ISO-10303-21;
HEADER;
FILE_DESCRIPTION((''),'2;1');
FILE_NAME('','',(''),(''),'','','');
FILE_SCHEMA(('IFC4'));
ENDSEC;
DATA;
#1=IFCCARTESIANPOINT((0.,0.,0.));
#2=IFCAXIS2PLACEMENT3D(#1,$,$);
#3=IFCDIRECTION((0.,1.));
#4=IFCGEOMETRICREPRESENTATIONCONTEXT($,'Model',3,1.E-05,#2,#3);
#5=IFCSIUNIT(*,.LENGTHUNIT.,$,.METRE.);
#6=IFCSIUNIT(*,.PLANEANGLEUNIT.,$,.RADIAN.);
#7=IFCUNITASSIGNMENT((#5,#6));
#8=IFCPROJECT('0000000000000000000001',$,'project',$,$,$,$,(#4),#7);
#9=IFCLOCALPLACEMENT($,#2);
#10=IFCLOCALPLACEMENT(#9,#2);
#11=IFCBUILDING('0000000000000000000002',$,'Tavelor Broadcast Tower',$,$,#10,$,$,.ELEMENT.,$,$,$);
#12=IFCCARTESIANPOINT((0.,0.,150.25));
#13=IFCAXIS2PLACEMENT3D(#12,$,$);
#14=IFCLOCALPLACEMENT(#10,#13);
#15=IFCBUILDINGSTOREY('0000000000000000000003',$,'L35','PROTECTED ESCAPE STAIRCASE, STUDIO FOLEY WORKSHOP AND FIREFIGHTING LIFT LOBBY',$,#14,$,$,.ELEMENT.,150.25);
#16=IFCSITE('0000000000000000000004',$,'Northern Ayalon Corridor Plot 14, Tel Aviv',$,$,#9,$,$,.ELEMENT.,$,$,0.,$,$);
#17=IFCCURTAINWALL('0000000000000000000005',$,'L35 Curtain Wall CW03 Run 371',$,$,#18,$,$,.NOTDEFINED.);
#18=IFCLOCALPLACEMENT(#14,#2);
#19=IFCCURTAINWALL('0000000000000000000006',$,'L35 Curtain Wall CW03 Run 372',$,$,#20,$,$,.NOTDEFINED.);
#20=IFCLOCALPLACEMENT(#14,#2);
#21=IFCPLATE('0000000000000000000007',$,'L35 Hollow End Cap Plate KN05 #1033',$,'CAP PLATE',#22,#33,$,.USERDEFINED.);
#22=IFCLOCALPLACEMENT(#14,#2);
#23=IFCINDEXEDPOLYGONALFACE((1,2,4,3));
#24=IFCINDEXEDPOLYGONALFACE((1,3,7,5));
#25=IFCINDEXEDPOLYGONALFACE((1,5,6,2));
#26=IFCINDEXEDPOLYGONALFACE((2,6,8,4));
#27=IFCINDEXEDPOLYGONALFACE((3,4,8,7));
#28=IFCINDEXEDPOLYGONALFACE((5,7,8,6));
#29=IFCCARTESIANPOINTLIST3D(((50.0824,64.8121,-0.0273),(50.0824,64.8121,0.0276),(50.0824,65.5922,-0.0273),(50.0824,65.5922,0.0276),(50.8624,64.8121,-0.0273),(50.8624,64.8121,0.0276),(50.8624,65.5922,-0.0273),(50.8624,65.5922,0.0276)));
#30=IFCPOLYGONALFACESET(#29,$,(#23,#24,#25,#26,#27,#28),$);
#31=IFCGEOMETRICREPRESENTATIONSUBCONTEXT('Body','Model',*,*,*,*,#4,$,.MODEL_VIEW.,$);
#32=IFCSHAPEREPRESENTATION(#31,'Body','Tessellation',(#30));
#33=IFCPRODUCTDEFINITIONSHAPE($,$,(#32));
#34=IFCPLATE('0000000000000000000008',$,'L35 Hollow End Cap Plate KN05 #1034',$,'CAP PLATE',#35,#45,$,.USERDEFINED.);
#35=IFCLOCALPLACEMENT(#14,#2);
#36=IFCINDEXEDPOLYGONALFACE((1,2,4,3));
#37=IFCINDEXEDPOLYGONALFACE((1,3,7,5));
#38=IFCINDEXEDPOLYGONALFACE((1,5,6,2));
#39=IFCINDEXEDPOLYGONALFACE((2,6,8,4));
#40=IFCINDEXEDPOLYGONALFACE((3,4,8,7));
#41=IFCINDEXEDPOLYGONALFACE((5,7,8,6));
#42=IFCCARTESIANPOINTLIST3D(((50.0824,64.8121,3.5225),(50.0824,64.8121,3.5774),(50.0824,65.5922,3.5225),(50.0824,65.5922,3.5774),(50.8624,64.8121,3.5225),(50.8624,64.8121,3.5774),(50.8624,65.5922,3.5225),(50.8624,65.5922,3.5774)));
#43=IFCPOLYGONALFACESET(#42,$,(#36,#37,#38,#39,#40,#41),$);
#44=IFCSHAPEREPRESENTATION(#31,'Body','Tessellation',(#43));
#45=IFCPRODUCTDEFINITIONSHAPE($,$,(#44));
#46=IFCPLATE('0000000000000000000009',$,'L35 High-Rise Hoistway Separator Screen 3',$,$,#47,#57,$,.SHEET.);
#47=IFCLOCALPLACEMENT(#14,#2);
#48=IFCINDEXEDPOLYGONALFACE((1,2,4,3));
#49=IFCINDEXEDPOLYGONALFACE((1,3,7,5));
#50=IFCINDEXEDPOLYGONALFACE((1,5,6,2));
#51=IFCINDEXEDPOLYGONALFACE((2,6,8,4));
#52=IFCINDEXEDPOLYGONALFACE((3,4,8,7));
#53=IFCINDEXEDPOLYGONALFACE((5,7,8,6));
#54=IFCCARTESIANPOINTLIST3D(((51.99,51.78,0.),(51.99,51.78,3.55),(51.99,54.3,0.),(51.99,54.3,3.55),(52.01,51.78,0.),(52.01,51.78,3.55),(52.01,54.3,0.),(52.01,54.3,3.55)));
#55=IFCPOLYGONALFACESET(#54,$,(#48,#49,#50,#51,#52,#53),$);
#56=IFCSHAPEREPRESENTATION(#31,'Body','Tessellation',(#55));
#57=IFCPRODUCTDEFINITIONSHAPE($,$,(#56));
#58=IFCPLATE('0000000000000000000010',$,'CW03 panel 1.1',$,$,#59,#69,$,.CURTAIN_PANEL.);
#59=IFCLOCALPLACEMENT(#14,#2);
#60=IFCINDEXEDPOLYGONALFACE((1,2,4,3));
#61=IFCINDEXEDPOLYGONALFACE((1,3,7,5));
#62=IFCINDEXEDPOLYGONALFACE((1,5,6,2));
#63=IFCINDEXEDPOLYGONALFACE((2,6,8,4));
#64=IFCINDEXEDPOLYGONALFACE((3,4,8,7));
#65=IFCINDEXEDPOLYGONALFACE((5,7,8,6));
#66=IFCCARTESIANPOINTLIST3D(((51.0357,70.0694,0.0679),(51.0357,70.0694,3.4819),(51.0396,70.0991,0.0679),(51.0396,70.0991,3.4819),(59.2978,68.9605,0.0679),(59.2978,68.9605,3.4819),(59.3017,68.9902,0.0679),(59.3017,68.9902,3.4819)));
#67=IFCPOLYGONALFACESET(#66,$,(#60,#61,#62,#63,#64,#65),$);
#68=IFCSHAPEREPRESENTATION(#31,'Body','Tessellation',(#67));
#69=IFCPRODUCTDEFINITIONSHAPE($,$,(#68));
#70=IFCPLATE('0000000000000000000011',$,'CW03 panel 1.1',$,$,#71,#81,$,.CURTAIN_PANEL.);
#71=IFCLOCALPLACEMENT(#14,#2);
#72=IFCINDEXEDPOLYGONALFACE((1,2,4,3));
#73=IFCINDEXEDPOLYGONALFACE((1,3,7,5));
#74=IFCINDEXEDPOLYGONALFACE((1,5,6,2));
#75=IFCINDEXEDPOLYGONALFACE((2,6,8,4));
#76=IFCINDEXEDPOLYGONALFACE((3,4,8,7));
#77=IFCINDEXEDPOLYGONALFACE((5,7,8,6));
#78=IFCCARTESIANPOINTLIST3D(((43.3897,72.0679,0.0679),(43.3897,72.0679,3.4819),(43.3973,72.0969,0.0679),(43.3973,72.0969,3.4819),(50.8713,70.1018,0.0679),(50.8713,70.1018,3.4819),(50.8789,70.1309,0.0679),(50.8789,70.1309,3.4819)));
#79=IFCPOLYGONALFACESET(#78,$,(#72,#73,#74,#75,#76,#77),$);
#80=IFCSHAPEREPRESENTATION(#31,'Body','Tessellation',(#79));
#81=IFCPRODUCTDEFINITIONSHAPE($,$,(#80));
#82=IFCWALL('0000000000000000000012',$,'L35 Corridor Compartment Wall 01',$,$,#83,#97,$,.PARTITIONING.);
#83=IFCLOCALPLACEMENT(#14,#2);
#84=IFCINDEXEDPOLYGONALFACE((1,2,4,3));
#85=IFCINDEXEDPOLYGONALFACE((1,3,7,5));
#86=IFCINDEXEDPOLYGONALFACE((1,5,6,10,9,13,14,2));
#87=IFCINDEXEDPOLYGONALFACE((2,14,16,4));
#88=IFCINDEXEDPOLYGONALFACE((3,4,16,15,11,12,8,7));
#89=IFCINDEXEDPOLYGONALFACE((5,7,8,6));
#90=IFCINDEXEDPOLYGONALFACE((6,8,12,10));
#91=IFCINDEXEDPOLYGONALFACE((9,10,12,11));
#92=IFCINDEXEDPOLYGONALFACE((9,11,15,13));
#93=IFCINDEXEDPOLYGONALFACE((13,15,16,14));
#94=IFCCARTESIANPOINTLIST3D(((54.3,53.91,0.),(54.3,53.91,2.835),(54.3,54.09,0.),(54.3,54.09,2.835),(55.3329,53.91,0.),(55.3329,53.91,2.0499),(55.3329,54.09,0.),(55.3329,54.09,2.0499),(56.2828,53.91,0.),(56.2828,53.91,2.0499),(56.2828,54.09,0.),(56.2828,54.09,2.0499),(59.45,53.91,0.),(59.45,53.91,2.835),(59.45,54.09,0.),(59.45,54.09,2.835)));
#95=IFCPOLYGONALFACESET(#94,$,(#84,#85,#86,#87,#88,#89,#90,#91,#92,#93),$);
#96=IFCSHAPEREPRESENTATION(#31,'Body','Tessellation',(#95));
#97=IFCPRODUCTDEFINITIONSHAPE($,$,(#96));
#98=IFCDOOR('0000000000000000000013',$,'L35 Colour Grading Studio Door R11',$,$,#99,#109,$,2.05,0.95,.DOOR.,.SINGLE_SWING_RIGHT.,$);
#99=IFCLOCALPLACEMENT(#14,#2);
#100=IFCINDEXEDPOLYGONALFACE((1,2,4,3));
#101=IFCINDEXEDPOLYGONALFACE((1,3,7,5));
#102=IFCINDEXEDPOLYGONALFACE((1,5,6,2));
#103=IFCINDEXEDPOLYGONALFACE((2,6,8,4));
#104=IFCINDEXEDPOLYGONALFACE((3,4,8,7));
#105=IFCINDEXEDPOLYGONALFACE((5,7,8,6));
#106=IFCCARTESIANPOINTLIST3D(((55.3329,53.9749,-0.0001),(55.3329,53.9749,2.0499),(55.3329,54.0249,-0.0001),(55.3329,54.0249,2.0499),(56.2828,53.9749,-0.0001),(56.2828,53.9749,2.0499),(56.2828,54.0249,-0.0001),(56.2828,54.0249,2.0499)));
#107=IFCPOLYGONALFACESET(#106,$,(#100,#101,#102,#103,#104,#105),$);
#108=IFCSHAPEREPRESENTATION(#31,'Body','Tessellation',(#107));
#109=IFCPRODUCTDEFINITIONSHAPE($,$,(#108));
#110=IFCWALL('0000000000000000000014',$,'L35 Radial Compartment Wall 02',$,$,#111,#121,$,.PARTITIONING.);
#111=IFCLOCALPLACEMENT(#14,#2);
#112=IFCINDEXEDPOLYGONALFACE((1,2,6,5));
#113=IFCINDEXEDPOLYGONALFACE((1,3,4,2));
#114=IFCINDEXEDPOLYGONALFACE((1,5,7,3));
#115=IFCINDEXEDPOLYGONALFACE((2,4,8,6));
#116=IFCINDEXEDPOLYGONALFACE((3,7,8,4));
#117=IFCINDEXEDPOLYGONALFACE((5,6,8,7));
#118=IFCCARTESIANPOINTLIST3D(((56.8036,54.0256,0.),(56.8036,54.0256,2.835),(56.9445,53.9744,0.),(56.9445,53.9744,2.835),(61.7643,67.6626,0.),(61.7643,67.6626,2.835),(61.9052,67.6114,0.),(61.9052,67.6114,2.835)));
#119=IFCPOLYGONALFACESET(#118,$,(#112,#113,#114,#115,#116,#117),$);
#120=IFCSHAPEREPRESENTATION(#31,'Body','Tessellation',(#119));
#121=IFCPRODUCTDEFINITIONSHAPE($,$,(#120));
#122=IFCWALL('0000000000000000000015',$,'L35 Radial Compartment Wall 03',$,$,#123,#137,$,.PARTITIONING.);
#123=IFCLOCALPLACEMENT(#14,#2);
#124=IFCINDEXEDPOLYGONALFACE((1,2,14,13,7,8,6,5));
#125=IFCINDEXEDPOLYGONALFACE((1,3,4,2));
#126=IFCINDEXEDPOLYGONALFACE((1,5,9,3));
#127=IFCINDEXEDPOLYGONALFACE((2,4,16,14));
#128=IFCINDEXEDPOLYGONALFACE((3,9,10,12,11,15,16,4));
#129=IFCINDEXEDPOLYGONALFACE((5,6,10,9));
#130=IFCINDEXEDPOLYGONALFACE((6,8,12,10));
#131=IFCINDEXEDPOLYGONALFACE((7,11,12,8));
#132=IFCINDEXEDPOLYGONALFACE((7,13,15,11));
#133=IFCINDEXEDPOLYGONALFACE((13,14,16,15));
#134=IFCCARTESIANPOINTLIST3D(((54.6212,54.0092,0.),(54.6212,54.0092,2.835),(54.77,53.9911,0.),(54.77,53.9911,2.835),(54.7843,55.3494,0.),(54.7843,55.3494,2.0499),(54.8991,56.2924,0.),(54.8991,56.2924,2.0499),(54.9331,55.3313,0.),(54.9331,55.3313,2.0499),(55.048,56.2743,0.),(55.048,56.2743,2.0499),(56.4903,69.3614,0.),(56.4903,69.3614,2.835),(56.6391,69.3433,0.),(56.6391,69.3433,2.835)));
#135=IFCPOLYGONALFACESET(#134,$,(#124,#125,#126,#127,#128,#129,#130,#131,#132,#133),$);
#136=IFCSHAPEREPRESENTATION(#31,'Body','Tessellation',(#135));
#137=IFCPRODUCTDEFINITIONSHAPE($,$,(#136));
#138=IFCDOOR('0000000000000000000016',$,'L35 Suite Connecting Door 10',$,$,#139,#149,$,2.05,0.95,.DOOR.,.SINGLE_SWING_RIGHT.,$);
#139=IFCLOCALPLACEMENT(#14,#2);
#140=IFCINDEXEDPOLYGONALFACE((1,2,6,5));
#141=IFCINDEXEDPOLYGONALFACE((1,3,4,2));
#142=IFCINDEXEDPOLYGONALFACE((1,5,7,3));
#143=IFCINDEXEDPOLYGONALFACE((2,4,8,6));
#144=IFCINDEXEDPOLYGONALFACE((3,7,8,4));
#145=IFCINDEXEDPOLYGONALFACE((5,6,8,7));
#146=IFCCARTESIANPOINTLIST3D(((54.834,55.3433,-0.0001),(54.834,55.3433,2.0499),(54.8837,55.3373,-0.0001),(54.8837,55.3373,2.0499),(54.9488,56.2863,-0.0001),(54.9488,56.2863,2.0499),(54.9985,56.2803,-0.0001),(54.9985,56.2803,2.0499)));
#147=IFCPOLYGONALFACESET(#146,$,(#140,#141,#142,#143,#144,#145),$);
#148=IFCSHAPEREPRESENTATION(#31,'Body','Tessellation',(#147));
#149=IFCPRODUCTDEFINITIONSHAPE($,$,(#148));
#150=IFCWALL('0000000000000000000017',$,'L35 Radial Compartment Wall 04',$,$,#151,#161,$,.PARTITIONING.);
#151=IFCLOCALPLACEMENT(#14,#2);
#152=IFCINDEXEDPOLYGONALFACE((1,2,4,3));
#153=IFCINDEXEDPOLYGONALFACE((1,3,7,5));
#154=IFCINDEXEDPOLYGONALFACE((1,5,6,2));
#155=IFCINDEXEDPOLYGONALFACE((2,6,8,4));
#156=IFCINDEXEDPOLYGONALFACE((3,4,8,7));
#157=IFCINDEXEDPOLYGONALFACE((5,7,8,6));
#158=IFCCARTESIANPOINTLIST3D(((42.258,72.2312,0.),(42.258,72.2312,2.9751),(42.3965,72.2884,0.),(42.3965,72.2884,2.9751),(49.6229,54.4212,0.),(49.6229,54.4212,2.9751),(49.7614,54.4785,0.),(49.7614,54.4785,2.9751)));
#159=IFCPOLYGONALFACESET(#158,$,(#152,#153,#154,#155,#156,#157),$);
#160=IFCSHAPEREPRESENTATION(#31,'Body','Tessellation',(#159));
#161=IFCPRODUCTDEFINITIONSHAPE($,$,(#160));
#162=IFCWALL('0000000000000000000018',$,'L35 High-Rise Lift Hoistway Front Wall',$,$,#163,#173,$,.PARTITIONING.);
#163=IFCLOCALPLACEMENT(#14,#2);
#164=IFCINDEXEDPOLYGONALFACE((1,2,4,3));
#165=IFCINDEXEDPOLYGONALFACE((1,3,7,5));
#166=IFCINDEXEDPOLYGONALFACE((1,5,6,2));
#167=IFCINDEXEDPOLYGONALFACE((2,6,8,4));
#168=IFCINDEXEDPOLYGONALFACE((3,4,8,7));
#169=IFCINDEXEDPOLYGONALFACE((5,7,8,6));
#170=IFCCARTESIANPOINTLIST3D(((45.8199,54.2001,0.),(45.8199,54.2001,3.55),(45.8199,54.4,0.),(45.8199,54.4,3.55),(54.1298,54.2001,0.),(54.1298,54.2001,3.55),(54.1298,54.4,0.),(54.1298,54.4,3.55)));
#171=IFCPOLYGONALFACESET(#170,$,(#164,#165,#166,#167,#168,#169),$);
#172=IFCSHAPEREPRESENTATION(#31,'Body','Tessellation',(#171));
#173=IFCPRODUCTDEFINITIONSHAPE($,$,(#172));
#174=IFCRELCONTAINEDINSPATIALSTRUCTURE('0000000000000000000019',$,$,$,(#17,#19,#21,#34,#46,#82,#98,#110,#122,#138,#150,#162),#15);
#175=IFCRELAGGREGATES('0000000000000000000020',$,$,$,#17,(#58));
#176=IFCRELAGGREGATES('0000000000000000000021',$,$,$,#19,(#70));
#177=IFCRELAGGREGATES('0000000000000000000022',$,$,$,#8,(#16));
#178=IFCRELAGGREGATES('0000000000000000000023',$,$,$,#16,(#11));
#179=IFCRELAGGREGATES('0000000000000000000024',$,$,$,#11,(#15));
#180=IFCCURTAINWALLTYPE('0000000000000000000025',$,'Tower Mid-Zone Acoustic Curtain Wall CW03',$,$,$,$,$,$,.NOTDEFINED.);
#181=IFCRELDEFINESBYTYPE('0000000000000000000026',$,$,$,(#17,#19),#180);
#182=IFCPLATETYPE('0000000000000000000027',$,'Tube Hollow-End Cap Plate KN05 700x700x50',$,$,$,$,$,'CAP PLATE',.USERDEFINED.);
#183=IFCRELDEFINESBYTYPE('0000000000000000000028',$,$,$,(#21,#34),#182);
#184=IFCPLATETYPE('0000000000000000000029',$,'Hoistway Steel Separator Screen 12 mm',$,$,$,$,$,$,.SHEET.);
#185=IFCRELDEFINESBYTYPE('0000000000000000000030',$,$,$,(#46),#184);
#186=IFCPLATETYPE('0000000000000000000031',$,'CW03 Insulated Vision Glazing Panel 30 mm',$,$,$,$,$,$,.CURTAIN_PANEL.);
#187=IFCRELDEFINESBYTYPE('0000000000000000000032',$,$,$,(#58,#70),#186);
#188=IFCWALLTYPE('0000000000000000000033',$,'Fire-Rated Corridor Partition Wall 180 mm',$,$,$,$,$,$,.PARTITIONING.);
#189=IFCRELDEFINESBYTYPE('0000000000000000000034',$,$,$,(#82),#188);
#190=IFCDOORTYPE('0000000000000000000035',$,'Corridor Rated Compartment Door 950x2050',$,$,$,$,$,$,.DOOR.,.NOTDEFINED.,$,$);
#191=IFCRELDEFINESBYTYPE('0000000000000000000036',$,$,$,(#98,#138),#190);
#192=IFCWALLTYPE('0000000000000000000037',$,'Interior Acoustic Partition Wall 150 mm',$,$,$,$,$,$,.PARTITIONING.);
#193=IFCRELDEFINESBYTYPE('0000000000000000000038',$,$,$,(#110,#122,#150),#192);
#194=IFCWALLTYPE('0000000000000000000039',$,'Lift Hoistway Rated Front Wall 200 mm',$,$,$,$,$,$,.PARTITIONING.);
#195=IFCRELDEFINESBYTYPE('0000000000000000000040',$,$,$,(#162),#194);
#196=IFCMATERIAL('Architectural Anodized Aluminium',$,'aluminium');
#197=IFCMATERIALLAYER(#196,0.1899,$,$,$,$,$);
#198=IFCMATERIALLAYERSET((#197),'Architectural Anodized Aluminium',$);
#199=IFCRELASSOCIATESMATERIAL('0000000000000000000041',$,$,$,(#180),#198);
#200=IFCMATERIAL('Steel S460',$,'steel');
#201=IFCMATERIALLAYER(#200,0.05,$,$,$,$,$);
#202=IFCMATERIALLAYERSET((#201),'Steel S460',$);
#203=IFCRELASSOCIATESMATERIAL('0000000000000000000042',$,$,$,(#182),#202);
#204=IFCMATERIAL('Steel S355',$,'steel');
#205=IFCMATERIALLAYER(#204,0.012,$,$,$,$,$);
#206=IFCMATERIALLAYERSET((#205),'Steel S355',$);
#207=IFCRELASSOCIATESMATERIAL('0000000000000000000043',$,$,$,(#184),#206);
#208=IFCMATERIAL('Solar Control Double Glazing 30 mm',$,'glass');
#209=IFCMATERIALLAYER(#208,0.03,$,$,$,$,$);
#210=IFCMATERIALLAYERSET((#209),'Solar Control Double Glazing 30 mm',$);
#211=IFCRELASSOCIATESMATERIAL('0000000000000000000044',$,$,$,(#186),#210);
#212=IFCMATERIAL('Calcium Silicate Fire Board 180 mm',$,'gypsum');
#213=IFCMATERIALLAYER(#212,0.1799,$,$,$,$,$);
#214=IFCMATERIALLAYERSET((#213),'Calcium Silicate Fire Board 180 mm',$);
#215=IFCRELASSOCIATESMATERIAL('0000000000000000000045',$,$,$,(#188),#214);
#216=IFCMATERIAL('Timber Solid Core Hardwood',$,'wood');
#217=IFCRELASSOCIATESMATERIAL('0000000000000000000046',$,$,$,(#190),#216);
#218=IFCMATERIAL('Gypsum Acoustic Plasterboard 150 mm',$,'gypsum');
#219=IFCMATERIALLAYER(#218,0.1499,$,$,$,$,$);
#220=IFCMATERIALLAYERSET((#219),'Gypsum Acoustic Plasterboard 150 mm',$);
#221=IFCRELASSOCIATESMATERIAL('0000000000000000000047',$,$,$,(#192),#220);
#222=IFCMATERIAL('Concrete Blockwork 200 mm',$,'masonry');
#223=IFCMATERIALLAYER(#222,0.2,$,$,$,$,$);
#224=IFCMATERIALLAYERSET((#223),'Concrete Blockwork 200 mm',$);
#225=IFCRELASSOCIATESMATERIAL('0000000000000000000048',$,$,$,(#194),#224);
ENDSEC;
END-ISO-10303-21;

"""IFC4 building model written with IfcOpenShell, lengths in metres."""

from ifc_helpers import new_model, si_unit, direction, frame, frame_2d, origin, origin_2d, place, context, subcontext, project, spatial, rectangle, extrude, source, transform, mapped, material, layer, layer_set, type_object, type_shapes, element, fill, aggregate, save


model = new_model("IFC4")

# Units and contexts
model_context = context("Model", 3, precision=1e-05, world=origin(), true_north=direction((0.0, 1.0)))
body_context = subcontext(model_context, "Body", "Model", "MODEL_VIEW")
ifc_project = project(units=[si_unit("LENGTHUNIT", "METRE"), si_unit("PLANEANGLEUNIT", "RADIAN")], contexts=[model_context])

# Site, building, storey
site_placement = place(None, origin())
site = spatial("IfcSite", under=ifc_project, at=site_placement, Name="Northern Ayalon Corridor Plot 14, Tel Aviv", CompositionType="ELEMENT", RefElevation=0.0)
building_placement = place(site_placement, origin())
building = spatial("IfcBuilding", under=site, at=building_placement, Name="Tavelor Broadcast Tower", CompositionType="ELEMENT")
storey_placement = place(building_placement, frame((0.0, 0.0, 150.25)))
storey = spatial("IfcBuildingStorey", under=building, at=storey_placement, Name="L35", Description="PROTECTED ESCAPE STAIRCASE, STUDIO FOLEY WORKSHOP AND FIREFIGHTING LIFT LOBBY", CompositionType="ELEMENT", Elevation=150.25)

# Shared definitions
ifc_material_1 = material(Name="Steel S460", Category="steel")

# Shared definitions
ifc_material_2 = material(Name="Steel S355", Category="steel")

# Curtain wall
ifc_material_3 = material(Name="Architectural Anodized Aluminium", Category="aluminium")
ifc_layer_1 = layer(ifc_material_3, 0.1899)
ifc_layer_set_1 = layer_set([ifc_layer_1], Name="Architectural Anodized Aluminium")
curtain_wall_type = type_object("IfcCurtainWallType", Name="Tower Mid-Zone Acoustic Curtain Wall CW03", PredefinedType="NOTDEFINED", material=ifc_layer_set_1)
curtain_wall_1_placement = place(storey_placement, origin())
curtain_wall_1 = element("IfcCurtainWall", 1, at=curtain_wall_1_placement, inside=storey, type_object=curtain_wall_type, Name="L35 Curtain Wall CW03 Run 371", PredefinedType="NOTDEFINED")

# Curtain wall
curtain_wall_2_placement = place(storey_placement, origin())
curtain_wall_2 = element("IfcCurtainWall", 2, at=curtain_wall_2_placement, inside=storey, type_object=curtain_wall_type, Name="L35 Curtain Wall CW03 Run 372", PredefinedType="NOTDEFINED")

# Plates
ifc_layer_2 = layer(ifc_material_1, 0.05)
ifc_layer_set_2 = layer_set([ifc_layer_2], Name="Steel S460")
plate_type_1 = type_object("IfcPlateType", Name="Tube Hollow-End Cap Plate KN05 700x700x50", ElementType="CAP PLATE", PredefinedType="USERDEFINED", material=ifc_layer_set_2)
shared_shape_1 = source(origin(), body_context, "Body", "SweptSolid", [
    extrude(rectangle(XDim=0.78, YDim=0.78, at=origin_2d()), origin(), (0.0, 0.0, 1.0), 0.0549),
])
type_shapes(plate_type_1, [shared_shape_1])
for number, where, z_axis, x_axis, name in (
    (3, (50.4724, 65.2021, -0.0273), (0.0, 0.0, 1.0), (1.0, 0.0, 0.0), "L35 Hollow End Cap Plate KN05 #1033"),
    (4, (50.4724, 65.2021, 3.5225), (0.0, 0.0, 1.0), (1.0, 0.0, 0.0), "L35 Hollow End Cap Plate KN05 #1034"),
):
    element("IfcPlate", number, at=place(storey_placement, frame(where, z_axis=z_axis, x_axis=x_axis)), inside=storey, type_object=plate_type_1, Name=name, ObjectType="CAP PLATE", PredefinedType="USERDEFINED", context=body_context, shape_type="MappedRepresentation", body=[
        mapped(shared_shape_1, transform((0.0, 0.0, 0.0), scale=1.0)),
    ])
ifc_layer_3 = layer(ifc_material_2, 0.012)
ifc_layer_set_3 = layer_set([ifc_layer_3], Name="Steel S355")
plate_type_2 = type_object("IfcPlateType", Name="Hoistway Steel Separator Screen 12 mm", PredefinedType="SHEET", material=ifc_layer_set_3)
shared_shape_2 = source(origin(), body_context, "Body", "SweptSolid", [
    extrude(rectangle(XDim=0.02, YDim=2.52, at=origin_2d()), origin(), (0.0, 0.0, 1.0), 3.55),
])
type_shapes(plate_type_2, [shared_shape_2])
plate_1_placement = place(storey_placement, frame((52.0, 53.04, 0.0), z_axis=(0.0, 0.0, 1.0), x_axis=(1.0, 0.0, 0.0)))
element("IfcPlate", 5, at=plate_1_placement, inside=storey, type_object=plate_type_2, Name="L35 High-Rise Hoistway Separator Screen 3", PredefinedType="SHEET", context=body_context, shape_type="MappedRepresentation", body=[
    mapped(shared_shape_2, transform((0.0, 0.0, 0.0), scale=1.0)),
])

# Plates
ifc_material_4 = material(Name="Solar Control Double Glazing 30 mm", Category="glass")
ifc_layer_4 = layer(ifc_material_4, 0.03)
ifc_layer_set_4 = layer_set([ifc_layer_4], Name="Solar Control Double Glazing 30 mm")
plate_type_3 = type_object("IfcPlateType", Name="CW03 Insulated Vision Glazing Panel 30 mm", PredefinedType="CURTAIN_PANEL", material=ifc_layer_set_4)
shared_shape_3 = source(origin(), body_context, "Body", "SweptSolid", [
    extrude(rectangle(XDim=8.3362, YDim=0.03, at=origin_2d()), origin(), (0.0, 0.0, 1.0), 3.4141),
])
plate_2_placement = place(storey_placement, frame((55.1687, 69.5298, 0.0679), z_axis=(0.0, 0.0, 1.0), x_axis=(-0.991113, 0.133022, 0.0)))
plate_2 = element("IfcPlate", 6, at=plate_2_placement, type_object=plate_type_3, Name="CW03 panel 1.1", PredefinedType="CURTAIN_PANEL", context=body_context, shape_type="MappedRepresentation", body=[
    mapped(shared_shape_3, transform((0.0, 0.0, 0.0), scale=1.0)),
])
aggregate(curtain_wall_1, [plate_2])
shared_shape_4 = source(origin(), body_context, "Body", "SweptSolid", [
    extrude(rectangle(XDim=7.7356, YDim=0.03, at=origin_2d()), origin(), (0.0, 0.0, 1.0), 3.4141),
])
type_shapes(plate_type_3, [shared_shape_3, shared_shape_4])
plate_3_placement = place(storey_placement, frame((47.1343, 71.0994, 0.0679), z_axis=(0.0, 0.0, 1.0), x_axis=(-0.967163, 0.254158, 0.0)))
plate_3 = element("IfcPlate", 7, at=plate_3_placement, type_object=plate_type_3, Name="CW03 panel 1.1", PredefinedType="CURTAIN_PANEL", context=body_context, shape_type="MappedRepresentation", body=[
    mapped(shared_shape_4, transform((0.0, 0.0, 0.0), scale=1.0)),
])
aggregate(curtain_wall_2, [plate_3])

# Wall, opening, door
ifc_material_5 = material(Name="Calcium Silicate Fire Board 180 mm", Category="gypsum")
ifc_layer_5 = layer(ifc_material_5, 0.1799)
ifc_layer_set_5 = layer_set([ifc_layer_5], Name="Calcium Silicate Fire Board 180 mm")
wall_type_1 = type_object("IfcWallType", Name="Fire-Rated Corridor Partition Wall 180 mm", PredefinedType="PARTITIONING", material=ifc_layer_set_5)
wall_1_placement = place(storey_placement, frame((54.3, 54.0, 0.0), z_axis=(0.0, 0.0, 1.0), x_axis=(1.0, 0.0, 0.0)))
wall_1 = element("IfcWall", 8, at=wall_1_placement, inside=storey, type_object=wall_type_1, Name="L35 Corridor Compartment Wall 01", PredefinedType="PARTITIONING", context=body_context, shape_type="SweptSolid", body=[
    extrude(rectangle(XDim=5.1499, YDim=0.1799, at=frame_2d((2.575, 0.0))), origin(), (0.0, 0.0, 1.0), 2.835),
])
opening_1_placement = place(wall_1_placement, frame((1.0327, 0.0, 0.0)))
opening_1 = element("IfcOpeningElement", 9, at=opening_1_placement, cuts=wall_1, PredefinedType="OPENING", context=body_context, shape_type="SweptSolid", body=[
    extrude(rectangle(XDim=0.95, YDim=2.05, at=frame_2d((0.4751, 1.0249))), frame((0.0, 0.1001, 0.0), z_axis=(0.0, -1.0, 0.0), x_axis=(1.0, 0.0, 0.0)), (0.0, 0.0, 1.0), 0.2),
])
ifc_material_6 = material(Name="Timber Solid Core Hardwood", Category="wood")
door_type = type_object("IfcDoorType", Name="Corridor Rated Compartment Door 950x2050", OperationType="NOTDEFINED", PredefinedType="DOOR", material=ifc_material_6)
door_1_placement = place(opening_1_placement, origin())
door_1 = element("IfcDoor", 10, at=door_1_placement, inside=storey, type_object=door_type, Name="L35 Colour Grading Studio Door R11", OperationType="SINGLE_SWING_RIGHT", OverallHeight=2.05, OverallWidth=0.95, PredefinedType="DOOR", context=body_context, shape_type="SweptSolid", body=[
    extrude(rectangle(XDim=0.95, YDim=2.05, at=frame_2d((0.4751, 1.0249))), frame((0.0, 0.0249, 0.0), z_axis=(0.0, -1.0, 0.0), x_axis=(1.0, 0.0, 0.0)), (0.0, 0.0, 1.0), 0.05),
])
fill(opening_1, door_1)

# Wall
ifc_material_7 = material(Name="Gypsum Acoustic Plasterboard 150 mm", Category="gypsum")
ifc_layer_6 = layer(ifc_material_7, 0.1499)
ifc_layer_set_6 = layer_set([ifc_layer_6], Name="Gypsum Acoustic Plasterboard 150 mm")
wall_type_2 = type_object("IfcWallType", Name="Interior Acoustic Partition Wall 150 mm", PredefinedType="PARTITIONING", material=ifc_layer_set_6)
wall_2_placement = place(storey_placement, frame((56.874, 54.0, 0.0), z_axis=(0.0, 0.0, 1.0), x_axis=(0.341852, 0.939754, 0.0)))
element("IfcWall", 11, at=wall_2_placement, inside=storey, type_object=wall_type_2, Name="L35 Radial Compartment Wall 02", PredefinedType="PARTITIONING", context=body_context, shape_type="SweptSolid", body=[
    extrude(rectangle(XDim=14.5112, YDim=0.1499, at=frame_2d((7.2556, 0.0))), origin(), (0.0, 0.0, 1.0), 2.835),
])

# Wall, opening, door
wall_3_placement = place(storey_placement, frame((54.6956, 54.0, 0.0), z_axis=(0.0, 0.0, 1.0), x_axis=(0.120857, 0.99267, 0.0)))
wall_3 = element("IfcWall", 12, at=wall_3_placement, inside=storey, type_object=wall_type_2, Name="L35 Radial Compartment Wall 03", PredefinedType="PARTITIONING", context=body_context, shape_type="SweptSolid", body=[
    extrude(rectangle(XDim=15.4656, YDim=0.1499, at=frame_2d((7.7329, 0.0))), origin(), (0.0, 0.0, 1.0), 2.835),
])
opening_2_placement = place(wall_3_placement, frame((1.3501, 0.0, 0.0)))
opening_2 = element("IfcOpeningElement", 13, at=opening_2_placement, cuts=wall_3, PredefinedType="OPENING", context=body_context, shape_type="SweptSolid", body=[
    extrude(rectangle(XDim=0.95, YDim=2.05, at=frame_2d((0.4751, 1.0249))), frame((0.0, 0.085, 0.0), z_axis=(0.0, -1.0, 0.0), x_axis=(1.0, 0.0, 0.0)), (0.0, 0.0, 1.0), 0.1699),
])
door_2_placement = place(opening_2_placement, origin())
door_2 = element("IfcDoor", 14, at=door_2_placement, inside=storey, type_object=door_type, Name="L35 Suite Connecting Door 10", OperationType="SINGLE_SWING_RIGHT", OverallHeight=2.05, OverallWidth=0.95, PredefinedType="DOOR", context=body_context, shape_type="SweptSolid", body=[
    extrude(rectangle(XDim=0.95, YDim=2.05, at=frame_2d((0.4751, 1.0249))), frame((0.0, 0.0249, 0.0), z_axis=(0.0, -1.0, 0.0), x_axis=(1.0, 0.0, 0.0)), (0.0, 0.0, 1.0), 0.05),
])
fill(opening_2, door_2)

# Walls
wall_4_placement = place(storey_placement, frame((49.6921, 54.45, 0.0), z_axis=(0.0, 0.0, 1.0), x_axis=(-0.382144, 0.924103, 0.0)))
element("IfcWall", 15, at=wall_4_placement, inside=storey, type_object=wall_type_2, Name="L35 Radial Compartment Wall 04", PredefinedType="PARTITIONING", context=body_context, shape_type="SweptSolid", body=[
    extrude(rectangle(XDim=19.2727, YDim=0.1499, at=frame_2d((9.6362, 0.0))), origin(), (0.0, 0.0, 1.0), 2.9751),
])
ifc_material_8 = material(Name="Concrete Blockwork 200 mm", Category="masonry")
ifc_layer_7 = layer(ifc_material_8, 0.2)
ifc_layer_set_7 = layer_set([ifc_layer_7], Name="Concrete Blockwork 200 mm")
wall_type_3 = type_object("IfcWallType", Name="Lift Hoistway Rated Front Wall 200 mm", PredefinedType="PARTITIONING", material=ifc_layer_set_7)
wall_5_placement = place(storey_placement, frame((45.8201, 54.3, 0.0), z_axis=(0.0, 0.0, 1.0), x_axis=(1.0, 0.0, 0.0)))
element("IfcWall", 16, at=wall_5_placement, inside=storey, type_object=wall_type_3, Name="L35 High-Rise Lift Hoistway Front Wall", PredefinedType="PARTITIONING", context=body_context, shape_type="SweptSolid", body=[
    extrude(rectangle(XDim=8.3098, YDim=0.2, at=frame_2d((4.1548, 0.0))), origin(), (0.0, 0.0, 1.0), 3.55),
])

save(model, "model.ifc")
